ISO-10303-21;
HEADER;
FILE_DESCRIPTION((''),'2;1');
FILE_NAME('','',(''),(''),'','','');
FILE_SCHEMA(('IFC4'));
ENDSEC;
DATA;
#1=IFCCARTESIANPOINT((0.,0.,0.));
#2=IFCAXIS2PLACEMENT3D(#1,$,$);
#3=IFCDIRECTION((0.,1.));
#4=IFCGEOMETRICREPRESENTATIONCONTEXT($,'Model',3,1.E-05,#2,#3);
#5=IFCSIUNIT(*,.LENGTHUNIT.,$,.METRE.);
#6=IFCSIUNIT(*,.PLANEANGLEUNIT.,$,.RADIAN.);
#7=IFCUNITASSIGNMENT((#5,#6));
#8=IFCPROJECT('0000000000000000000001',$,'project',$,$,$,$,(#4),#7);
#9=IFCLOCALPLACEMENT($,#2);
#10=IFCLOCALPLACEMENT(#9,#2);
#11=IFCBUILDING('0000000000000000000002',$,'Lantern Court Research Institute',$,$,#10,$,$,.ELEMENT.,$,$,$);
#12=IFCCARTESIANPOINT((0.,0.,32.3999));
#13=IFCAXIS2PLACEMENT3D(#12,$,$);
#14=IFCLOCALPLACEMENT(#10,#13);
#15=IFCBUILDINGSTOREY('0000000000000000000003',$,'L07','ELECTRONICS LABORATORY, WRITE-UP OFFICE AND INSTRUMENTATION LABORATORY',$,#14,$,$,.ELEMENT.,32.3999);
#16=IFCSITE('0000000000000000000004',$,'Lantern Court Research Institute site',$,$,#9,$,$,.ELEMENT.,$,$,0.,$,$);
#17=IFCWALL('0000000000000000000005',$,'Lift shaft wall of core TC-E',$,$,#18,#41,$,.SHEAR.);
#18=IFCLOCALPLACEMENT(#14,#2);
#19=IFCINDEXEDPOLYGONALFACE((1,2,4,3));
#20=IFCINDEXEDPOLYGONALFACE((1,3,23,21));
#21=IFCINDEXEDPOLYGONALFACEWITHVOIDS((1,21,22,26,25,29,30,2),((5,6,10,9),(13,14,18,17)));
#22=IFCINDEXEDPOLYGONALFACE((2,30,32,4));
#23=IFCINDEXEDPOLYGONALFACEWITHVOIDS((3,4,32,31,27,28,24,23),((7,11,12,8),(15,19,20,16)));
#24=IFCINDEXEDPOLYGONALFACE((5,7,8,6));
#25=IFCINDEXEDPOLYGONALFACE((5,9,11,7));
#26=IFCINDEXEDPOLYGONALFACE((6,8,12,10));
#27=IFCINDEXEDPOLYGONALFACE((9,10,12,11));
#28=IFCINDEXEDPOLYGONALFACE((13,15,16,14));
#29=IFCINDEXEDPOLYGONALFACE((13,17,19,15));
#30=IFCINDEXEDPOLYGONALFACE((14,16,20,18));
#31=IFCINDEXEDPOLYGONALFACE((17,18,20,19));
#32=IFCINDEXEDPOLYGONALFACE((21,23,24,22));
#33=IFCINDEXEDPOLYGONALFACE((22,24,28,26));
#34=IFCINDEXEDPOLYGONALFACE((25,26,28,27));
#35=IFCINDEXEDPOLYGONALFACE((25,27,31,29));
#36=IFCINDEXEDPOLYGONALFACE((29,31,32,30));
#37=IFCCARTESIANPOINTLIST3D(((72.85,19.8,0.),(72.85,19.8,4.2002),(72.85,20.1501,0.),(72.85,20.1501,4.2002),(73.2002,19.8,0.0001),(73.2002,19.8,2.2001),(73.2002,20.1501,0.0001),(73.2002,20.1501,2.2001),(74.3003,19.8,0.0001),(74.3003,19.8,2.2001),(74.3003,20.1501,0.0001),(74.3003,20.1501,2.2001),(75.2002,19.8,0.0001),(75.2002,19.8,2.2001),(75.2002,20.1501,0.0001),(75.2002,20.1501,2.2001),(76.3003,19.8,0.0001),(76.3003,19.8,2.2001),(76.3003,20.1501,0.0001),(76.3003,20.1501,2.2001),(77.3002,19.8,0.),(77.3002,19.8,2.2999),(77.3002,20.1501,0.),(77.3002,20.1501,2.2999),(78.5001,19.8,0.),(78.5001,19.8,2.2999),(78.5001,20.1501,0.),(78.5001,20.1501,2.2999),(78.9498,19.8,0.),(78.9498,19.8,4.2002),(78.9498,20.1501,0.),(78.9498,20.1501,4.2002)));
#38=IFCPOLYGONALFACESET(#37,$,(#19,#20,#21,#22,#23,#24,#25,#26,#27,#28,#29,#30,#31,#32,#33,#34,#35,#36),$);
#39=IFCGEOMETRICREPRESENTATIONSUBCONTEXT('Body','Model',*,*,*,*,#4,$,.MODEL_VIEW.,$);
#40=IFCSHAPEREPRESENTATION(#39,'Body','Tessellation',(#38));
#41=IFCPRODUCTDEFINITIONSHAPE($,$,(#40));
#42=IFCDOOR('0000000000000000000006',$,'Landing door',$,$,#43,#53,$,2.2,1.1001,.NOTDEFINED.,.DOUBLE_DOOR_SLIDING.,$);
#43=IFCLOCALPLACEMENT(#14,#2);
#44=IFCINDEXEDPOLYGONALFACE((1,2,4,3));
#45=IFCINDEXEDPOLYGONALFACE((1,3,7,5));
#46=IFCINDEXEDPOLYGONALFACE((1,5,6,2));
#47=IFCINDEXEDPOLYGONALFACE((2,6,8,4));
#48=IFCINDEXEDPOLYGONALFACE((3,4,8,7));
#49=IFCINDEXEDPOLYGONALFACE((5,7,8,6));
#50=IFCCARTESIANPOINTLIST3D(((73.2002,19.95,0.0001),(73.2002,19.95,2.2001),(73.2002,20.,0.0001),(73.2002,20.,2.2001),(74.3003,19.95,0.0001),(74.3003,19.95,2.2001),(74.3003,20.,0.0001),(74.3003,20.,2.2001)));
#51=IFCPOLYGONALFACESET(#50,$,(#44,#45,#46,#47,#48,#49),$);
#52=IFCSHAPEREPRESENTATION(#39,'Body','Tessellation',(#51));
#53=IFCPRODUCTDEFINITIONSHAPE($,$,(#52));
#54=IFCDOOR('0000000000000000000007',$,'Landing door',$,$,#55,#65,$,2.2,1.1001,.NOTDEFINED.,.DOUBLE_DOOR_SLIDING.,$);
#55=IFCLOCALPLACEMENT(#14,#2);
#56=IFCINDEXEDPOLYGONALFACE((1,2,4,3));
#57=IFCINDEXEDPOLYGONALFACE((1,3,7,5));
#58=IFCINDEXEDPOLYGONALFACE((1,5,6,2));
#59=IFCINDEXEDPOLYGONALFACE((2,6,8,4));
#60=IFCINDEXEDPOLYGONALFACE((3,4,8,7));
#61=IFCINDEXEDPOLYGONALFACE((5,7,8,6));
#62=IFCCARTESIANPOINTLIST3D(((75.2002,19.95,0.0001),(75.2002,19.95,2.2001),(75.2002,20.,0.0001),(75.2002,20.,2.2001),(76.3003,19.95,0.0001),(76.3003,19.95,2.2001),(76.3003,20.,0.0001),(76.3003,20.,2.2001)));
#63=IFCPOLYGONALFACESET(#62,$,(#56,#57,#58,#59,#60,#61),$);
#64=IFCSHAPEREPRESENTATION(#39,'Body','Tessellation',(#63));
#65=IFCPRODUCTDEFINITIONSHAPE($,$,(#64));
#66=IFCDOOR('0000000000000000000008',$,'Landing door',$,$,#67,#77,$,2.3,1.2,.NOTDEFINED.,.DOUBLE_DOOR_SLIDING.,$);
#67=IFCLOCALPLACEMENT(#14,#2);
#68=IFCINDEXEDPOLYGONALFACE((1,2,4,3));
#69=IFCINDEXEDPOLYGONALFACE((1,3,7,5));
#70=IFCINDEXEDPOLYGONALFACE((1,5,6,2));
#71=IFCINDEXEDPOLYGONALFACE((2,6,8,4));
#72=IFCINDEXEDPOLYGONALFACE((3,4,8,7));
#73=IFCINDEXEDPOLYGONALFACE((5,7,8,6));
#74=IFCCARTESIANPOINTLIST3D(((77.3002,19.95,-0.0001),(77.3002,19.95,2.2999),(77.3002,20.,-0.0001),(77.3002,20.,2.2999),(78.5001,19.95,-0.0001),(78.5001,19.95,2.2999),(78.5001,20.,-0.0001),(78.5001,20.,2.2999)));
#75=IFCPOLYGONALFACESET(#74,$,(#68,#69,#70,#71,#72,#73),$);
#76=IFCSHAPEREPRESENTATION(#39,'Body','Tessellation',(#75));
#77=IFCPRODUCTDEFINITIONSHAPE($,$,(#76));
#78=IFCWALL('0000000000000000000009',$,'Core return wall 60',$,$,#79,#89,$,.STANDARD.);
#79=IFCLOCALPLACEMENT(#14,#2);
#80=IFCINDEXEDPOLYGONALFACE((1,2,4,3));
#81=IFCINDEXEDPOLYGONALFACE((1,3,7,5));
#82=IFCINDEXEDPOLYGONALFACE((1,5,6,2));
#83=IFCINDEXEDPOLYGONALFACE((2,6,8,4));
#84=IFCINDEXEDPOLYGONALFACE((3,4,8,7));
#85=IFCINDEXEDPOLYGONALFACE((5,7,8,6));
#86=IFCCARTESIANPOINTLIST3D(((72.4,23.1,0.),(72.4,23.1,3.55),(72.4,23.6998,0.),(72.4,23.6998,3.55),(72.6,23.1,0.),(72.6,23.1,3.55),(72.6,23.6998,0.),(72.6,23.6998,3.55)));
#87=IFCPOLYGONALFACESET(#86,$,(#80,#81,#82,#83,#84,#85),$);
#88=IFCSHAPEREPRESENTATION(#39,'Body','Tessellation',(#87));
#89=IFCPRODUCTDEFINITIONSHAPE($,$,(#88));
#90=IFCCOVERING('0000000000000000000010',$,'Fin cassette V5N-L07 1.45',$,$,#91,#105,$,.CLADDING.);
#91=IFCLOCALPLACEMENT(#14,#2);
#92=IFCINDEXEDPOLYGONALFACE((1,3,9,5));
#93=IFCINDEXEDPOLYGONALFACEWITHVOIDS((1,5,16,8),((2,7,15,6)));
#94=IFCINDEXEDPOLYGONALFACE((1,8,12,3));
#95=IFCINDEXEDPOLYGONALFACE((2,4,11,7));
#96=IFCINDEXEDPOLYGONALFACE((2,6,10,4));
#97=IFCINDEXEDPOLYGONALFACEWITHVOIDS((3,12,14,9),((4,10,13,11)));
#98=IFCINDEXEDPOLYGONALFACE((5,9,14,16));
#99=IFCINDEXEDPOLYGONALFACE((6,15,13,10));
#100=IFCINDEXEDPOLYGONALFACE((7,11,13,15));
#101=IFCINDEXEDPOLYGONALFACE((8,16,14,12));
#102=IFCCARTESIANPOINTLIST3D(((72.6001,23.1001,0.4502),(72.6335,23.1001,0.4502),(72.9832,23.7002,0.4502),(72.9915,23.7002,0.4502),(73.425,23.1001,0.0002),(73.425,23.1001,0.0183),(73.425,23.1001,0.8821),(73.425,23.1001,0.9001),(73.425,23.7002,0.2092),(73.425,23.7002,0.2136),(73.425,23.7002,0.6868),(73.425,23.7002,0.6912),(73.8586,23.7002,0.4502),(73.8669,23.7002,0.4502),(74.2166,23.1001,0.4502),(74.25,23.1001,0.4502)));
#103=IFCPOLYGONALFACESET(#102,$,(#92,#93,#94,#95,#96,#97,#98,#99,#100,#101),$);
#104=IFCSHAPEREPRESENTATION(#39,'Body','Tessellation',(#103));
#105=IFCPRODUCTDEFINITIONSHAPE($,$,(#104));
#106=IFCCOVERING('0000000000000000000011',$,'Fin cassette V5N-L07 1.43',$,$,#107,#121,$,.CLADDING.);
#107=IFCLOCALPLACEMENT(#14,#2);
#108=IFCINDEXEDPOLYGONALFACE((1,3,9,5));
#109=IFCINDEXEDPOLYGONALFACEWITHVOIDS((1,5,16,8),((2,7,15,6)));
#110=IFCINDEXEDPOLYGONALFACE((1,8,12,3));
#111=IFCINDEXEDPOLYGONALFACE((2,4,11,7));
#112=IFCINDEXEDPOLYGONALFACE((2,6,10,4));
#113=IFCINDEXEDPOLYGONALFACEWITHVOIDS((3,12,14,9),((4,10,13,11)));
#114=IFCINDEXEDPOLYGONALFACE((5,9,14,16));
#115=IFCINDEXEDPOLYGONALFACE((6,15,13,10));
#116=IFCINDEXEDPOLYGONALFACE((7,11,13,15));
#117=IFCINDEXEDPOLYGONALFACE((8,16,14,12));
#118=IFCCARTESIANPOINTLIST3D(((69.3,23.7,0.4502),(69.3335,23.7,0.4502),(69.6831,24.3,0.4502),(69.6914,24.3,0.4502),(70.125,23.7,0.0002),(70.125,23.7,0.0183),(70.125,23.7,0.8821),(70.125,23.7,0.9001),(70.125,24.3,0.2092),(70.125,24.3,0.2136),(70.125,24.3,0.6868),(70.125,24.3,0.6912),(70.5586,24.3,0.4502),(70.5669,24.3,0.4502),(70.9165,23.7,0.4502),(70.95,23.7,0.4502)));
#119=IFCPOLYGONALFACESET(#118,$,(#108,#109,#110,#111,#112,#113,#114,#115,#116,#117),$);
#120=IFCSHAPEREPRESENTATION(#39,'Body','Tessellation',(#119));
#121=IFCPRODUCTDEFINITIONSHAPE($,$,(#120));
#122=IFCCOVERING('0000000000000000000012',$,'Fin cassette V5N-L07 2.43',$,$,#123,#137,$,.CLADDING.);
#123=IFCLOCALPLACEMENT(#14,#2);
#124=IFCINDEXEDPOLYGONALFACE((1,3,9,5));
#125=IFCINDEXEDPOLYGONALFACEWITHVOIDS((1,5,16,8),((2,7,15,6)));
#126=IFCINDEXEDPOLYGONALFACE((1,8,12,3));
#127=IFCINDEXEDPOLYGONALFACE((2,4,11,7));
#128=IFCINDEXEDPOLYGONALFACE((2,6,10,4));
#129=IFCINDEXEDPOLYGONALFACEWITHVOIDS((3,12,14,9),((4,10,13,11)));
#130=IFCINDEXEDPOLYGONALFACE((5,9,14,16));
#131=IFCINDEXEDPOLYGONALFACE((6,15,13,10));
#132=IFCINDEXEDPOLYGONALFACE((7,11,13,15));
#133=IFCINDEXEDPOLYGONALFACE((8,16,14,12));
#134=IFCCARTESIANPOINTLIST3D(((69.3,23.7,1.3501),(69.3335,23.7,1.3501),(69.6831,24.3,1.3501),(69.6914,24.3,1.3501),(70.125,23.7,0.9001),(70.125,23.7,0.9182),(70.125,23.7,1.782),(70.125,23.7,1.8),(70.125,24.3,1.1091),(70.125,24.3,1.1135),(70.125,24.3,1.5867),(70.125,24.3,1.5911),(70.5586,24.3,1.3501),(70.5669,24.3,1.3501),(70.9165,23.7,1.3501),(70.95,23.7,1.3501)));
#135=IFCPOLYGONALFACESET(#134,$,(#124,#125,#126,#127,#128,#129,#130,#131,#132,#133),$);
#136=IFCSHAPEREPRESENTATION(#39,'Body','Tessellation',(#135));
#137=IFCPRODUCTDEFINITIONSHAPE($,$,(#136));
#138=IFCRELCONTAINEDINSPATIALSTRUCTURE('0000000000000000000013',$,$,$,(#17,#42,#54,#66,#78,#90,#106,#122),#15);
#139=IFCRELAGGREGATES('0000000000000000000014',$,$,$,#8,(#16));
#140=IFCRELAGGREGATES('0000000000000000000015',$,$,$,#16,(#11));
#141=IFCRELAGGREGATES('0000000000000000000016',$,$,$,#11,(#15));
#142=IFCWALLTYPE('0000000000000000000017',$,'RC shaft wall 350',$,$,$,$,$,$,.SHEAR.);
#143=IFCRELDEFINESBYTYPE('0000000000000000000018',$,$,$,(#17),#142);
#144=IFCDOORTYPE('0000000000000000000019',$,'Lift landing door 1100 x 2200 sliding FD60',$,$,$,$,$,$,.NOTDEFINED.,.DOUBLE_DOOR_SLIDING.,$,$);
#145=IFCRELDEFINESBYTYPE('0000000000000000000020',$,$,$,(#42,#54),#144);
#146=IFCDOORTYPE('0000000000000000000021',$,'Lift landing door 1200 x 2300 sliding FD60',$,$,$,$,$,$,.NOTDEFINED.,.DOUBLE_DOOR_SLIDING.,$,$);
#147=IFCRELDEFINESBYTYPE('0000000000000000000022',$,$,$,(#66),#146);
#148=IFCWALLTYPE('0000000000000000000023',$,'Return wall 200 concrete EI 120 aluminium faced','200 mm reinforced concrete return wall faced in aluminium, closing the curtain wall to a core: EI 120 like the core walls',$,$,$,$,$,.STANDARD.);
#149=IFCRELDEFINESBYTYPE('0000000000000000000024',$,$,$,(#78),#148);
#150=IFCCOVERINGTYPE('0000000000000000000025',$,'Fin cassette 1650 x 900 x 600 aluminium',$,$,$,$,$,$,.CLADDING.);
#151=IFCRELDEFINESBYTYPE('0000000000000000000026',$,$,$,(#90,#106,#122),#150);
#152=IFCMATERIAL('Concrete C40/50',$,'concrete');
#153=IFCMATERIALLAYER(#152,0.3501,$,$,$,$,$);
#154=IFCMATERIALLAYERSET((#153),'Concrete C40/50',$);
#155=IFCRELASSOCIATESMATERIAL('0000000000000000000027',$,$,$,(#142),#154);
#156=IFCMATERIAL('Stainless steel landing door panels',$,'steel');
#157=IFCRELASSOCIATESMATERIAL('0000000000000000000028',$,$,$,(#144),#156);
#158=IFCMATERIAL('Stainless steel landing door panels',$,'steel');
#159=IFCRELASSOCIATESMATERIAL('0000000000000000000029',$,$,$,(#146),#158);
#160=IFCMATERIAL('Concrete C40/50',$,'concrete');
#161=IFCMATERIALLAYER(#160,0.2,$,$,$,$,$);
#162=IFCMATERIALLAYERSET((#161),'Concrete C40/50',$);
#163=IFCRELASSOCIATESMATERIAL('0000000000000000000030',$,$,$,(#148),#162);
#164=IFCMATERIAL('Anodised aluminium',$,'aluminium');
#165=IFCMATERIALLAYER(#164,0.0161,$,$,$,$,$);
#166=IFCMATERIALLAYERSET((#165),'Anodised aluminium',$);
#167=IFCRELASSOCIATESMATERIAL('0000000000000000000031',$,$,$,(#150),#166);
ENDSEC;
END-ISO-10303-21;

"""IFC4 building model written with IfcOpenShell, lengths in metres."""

from ifc_helpers import new_model, entity, si_unit, direction, frame, frame_2d, origin, place, context, subcontext, project, spatial, rectangle, extrude, material, layer, layer_set, type_object, element, fill, save


model = new_model("IFC4")

# Units and contexts
model_context = context("Model", 3, precision=1e-05, world=origin(), true_north=direction((0.0, 1.0)))
body_context = subcontext(model_context, "Body", "Model", "MODEL_VIEW")
ifc_project = project(units=[si_unit("LENGTHUNIT", "METRE"), si_unit("PLANEANGLEUNIT", "RADIAN")], contexts=[model_context])

# Site, building, storey
site_placement = place(None, origin())
site = spatial("IfcSite", under=ifc_project, at=site_placement, Name="Lantern Court Research Institute site", CompositionType="ELEMENT", RefElevation=0.0)
building_placement = place(site_placement, origin())
building = spatial("IfcBuilding", under=site, at=building_placement, Name="Lantern Court Research Institute", CompositionType="ELEMENT")
storey_placement = place(building_placement, frame((0.0, 0.0, 32.3999)))
storey = spatial("IfcBuildingStorey", under=building, at=storey_placement, Name="L07", Description="ELECTRONICS LABORATORY, WRITE-UP OFFICE AND INSTRUMENTATION LABORATORY", CompositionType="ELEMENT", Elevation=32.3999)

# Wall, openings, doors
ifc_material_1 = material(Name="Concrete C40/50", Category="concrete")
ifc_layer_1 = layer(ifc_material_1, 0.3501)
ifc_layer_set_1 = layer_set([ifc_layer_1], Name="Concrete C40/50")
wall_type_1 = type_object("IfcWallType", Name="RC shaft wall 350", PredefinedType="SHEAR", material=ifc_layer_set_1)
wall_1_placement = place(storey_placement, frame((72.8501, 19.9751, 0.0), z_axis=(0.0, 0.0, 1.0), x_axis=(1.0, 0.0, 0.0)))
wall_1 = element("IfcWall", 1, at=wall_1_placement, inside=storey, type_object=wall_type_1, Name="Lift shaft wall of core TC-E", PredefinedType="SHEAR", context=body_context, shape_type="SweptSolid", body=[
    extrude(rectangle(XDim=6.0999, YDim=0.3501, at=frame_2d((3.0498, 0.0))), origin(), (0.0, 0.0, 1.0), 4.2002),
])
opening_1_placement = place(wall_1_placement, frame((0.3501, 0.0, 0.0)))
opening_1 = element("IfcOpeningElement", 2, at=opening_1_placement, cuts=wall_1, PredefinedType="OPENING", context=body_context, shape_type="SweptSolid", body=[
    extrude(rectangle(XDim=1.1001, YDim=2.2, at=frame_2d((0.55, 1.1001))), frame((0.0, 0.1851, 0.0), z_axis=(0.0, -1.0, 0.0), x_axis=(1.0, 0.0, 0.0)), (0.0, 0.0, 1.0), 0.3701),
])
opening_2_placement = place(wall_1_placement, frame((2.3501, 0.0, 0.0)))
opening_2 = element("IfcOpeningElement", 3, at=opening_2_placement, cuts=wall_1, PredefinedType="OPENING", context=body_context, shape_type="SweptSolid", body=[
    extrude(rectangle(XDim=1.1001, YDim=2.2, at=frame_2d((0.55, 1.1001))), frame((0.0, 0.1851, 0.0), z_axis=(0.0, -1.0, 0.0), x_axis=(1.0, 0.0, 0.0)), (0.0, 0.0, 1.0), 0.3701),
])
opening_3_placement = place(wall_1_placement, frame((4.45, 0.0, 0.0)))
opening_3 = element("IfcOpeningElement", 4, at=opening_3_placement, cuts=wall_1, PredefinedType="OPENING", context=body_context, shape_type="SweptSolid", body=[
    extrude(rectangle(XDim=1.2, YDim=2.3, at=frame_2d((0.6001, 1.1499))), frame((0.0, 0.1851, 0.0), z_axis=(0.0, -1.0, 0.0), x_axis=(1.0, 0.0, 0.0)), (0.0, 0.0, 1.0), 0.3701),
])
ifc_material_2 = material(Name="Stainless steel landing door panels", Category="steel")
door_type_1 = type_object("IfcDoorType", Name="Lift landing door 1100 x 2200 sliding FD60", OperationType="DOUBLE_DOOR_SLIDING", PredefinedType="NOTDEFINED", material=ifc_material_2)
door_1_placement = place(opening_1_placement, origin())
door_1 = element("IfcDoor", 5, at=door_1_placement, inside=storey, type_object=door_type_1, Name="Landing door", OperationType="DOUBLE_DOOR_SLIDING", OverallHeight=2.2, OverallWidth=1.1001, PredefinedType="NOTDEFINED", context=body_context, shape_type="SweptSolid", body=[
    extrude(rectangle(XDim=1.1001, YDim=2.2, at=frame_2d((0.55, 1.1001))), frame((0.0, 0.0249, 0.0), z_axis=(0.0, -1.0, 0.0), x_axis=(1.0, 0.0, 0.0)), (0.0, 0.0, 1.0), 0.05),
])
fill(opening_1, door_1)
door_2_placement = place(opening_2_placement, origin())
door_2 = element("IfcDoor", 6, at=door_2_placement, inside=storey, type_object=door_type_1, Name="Landing door", OperationType="DOUBLE_DOOR_SLIDING", OverallHeight=2.2, OverallWidth=1.1001, PredefinedType="NOTDEFINED", context=body_context, shape_type="SweptSolid", body=[
    extrude(rectangle(XDim=1.1001, YDim=2.2, at=frame_2d((0.55, 1.1001))), frame((0.0, 0.0249, 0.0), z_axis=(0.0, -1.0, 0.0), x_axis=(1.0, 0.0, 0.0)), (0.0, 0.0, 1.0), 0.05),
])
fill(opening_2, door_2)
ifc_material_3 = material(Name="Stainless steel landing door panels", Category="steel")
door_type_2 = type_object("IfcDoorType", Name="Lift landing door 1200 x 2300 sliding FD60", OperationType="DOUBLE_DOOR_SLIDING", PredefinedType="NOTDEFINED", material=ifc_material_3)
door_3_placement = place(opening_3_placement, origin())
door_3 = element("IfcDoor", 7, at=door_3_placement, inside=storey, type_object=door_type_2, Name="Landing door", OperationType="DOUBLE_DOOR_SLIDING", OverallHeight=2.3, OverallWidth=1.2, PredefinedType="NOTDEFINED", context=body_context, shape_type="SweptSolid", body=[
    extrude(rectangle(XDim=1.2, YDim=2.3, at=frame_2d((0.6001, 1.1499))), frame((0.0, 0.0249, 0.0), z_axis=(0.0, -1.0, 0.0), x_axis=(1.0, 0.0, 0.0)), (0.0, 0.0, 1.0), 0.05),
])
fill(opening_3, door_3)

# Wall
ifc_material_4 = material(Name="Concrete C40/50", Category="concrete")
ifc_layer_2 = layer(ifc_material_4, 0.2)
ifc_layer_set_2 = layer_set([ifc_layer_2], Name="Concrete C40/50")
wall_type_2 = type_object("IfcWallType", Name="Return wall 200 concrete EI 120 aluminium faced", Description="200 mm reinforced concrete return wall faced in aluminium, closing the curtain wall to a core: EI 120 like the core walls", PredefinedType="STANDARD", material=ifc_layer_set_2)
wall_2_placement = place(storey_placement, frame((72.5, 23.1001, 0.0), z_axis=(0.0, 0.0, 1.0), x_axis=(0.0, 1.0, 0.0)))
element("IfcWall", 8, at=wall_2_placement, inside=storey, type_object=wall_type_2, Name="Core return wall 60", PredefinedType="STANDARD", context=body_context, shape_type="SweptSolid", body=[
    extrude(rectangle(XDim=0.5999, YDim=0.2, at=frame_2d((0.2998, 0.0))), origin(), (0.0, 0.0, 1.0), 3.55),
])

# Coverings
ifc_material_5 = material(Name="Anodised aluminium", Category="aluminium")
ifc_layer_3 = layer(ifc_material_5, 0.0161)
ifc_layer_set_3 = layer_set([ifc_layer_3], Name="Anodised aluminium")
covering_type = type_object("IfcCoveringType", Name="Fin cassette 1650 x 900 x 600 aluminium", PredefinedType="CLADDING", material=ifc_layer_set_3)
covering_1_placement = place(storey_placement, frame((73.425, 23.1001, 0.4502), z_axis=(0.0, 1.0, 0.0), x_axis=(-1.0, 0.0, 0.0)))
cartesian_point_1 = entity("IfcCartesianPoint", [0.825, 0.0])
cartesian_point_2 = entity("IfcCartesianPoint", [0.7915, 0.0])
cartesian_point_3 = entity("IfcCartesianPoint", [0.4419, 0.0])
cartesian_point_4 = entity("IfcCartesianPoint", [0.4336, 0.0])
element("IfcCovering", 9, at=covering_1_placement, inside=storey, type_object=covering_type, Name="Fin cassette V5N-L07 1.45", PredefinedType="CLADDING", context=body_context, shape_type="SweptSolid", body=[
    entity("IfcExtrudedAreaSolidTapered", entity("IfcArbitraryProfileDefWithVoids", "AREA", None, entity("IfcPolyline", [cartesian_point_1, entity("IfcCartesianPoint", [0.0, 0.45]), entity("IfcCartesianPoint", [-0.825, 0.0]), entity("IfcCartesianPoint", [0.0, -0.45]), cartesian_point_1]), [entity("IfcPolyline", [cartesian_point_2, entity("IfcCartesianPoint", [0.0, 0.4319]), entity("IfcCartesianPoint", [-0.7915, 0.0]), entity("IfcCartesianPoint", [0.0, -0.4319]), cartesian_point_2])]), entity("IfcAxis2Placement3D", entity("IfcCartesianPoint", [0.0, 0.0, 0.0])), entity("IfcDirection", [0.0, 0.0, 1.0]), 0.6001, entity("IfcArbitraryProfileDefWithVoids", "AREA", None, entity("IfcPolyline", [cartesian_point_3, entity("IfcCartesianPoint", [0.0, 0.241]), entity("IfcCartesianPoint", [-0.4419, 0.0]), entity("IfcCartesianPoint", [0.0, -0.241]), cartesian_point_3]), [entity("IfcPolyline", [cartesian_point_4, entity("IfcCartesianPoint", [0.0, 0.2366]), entity("IfcCartesianPoint", [-0.4336, 0.0]), entity("IfcCartesianPoint", [0.0, -0.2366]), cartesian_point_4])])),
])
covering_2_placement = place(storey_placement, frame((70.125, 23.7, 0.4502), z_axis=(0.0, 1.0, 0.0), x_axis=(-1.0, 0.0, 0.0)))
cartesian_point_5 = entity("IfcCartesianPoint", [0.825, 0.0])
cartesian_point_6 = entity("IfcCartesianPoint", [0.7915, 0.0])
cartesian_point_7 = entity("IfcCartesianPoint", [0.4419, 0.0])
cartesian_point_8 = entity("IfcCartesianPoint", [0.4336, 0.0])
element("IfcCovering", 10, at=covering_2_placement, inside=storey, type_object=covering_type, Name="Fin cassette V5N-L07 1.43", PredefinedType="CLADDING", context=body_context, shape_type="SweptSolid", body=[
    entity("IfcExtrudedAreaSolidTapered", entity("IfcArbitraryProfileDefWithVoids", "AREA", None, entity("IfcPolyline", [cartesian_point_5, entity("IfcCartesianPoint", [0.0, 0.45]), entity("IfcCartesianPoint", [-0.825, 0.0]), entity("IfcCartesianPoint", [0.0, -0.45]), cartesian_point_5]), [entity("IfcPolyline", [cartesian_point_6, entity("IfcCartesianPoint", [0.0, 0.4319]), entity("IfcCartesianPoint", [-0.7915, 0.0]), entity("IfcCartesianPoint", [0.0, -0.4319]), cartesian_point_6])]), entity("IfcAxis2Placement3D", entity("IfcCartesianPoint", [0.0, 0.0, 0.0])), entity("IfcDirection", [0.0, 0.0, 1.0]), 0.6001, entity("IfcArbitraryProfileDefWithVoids", "AREA", None, entity("IfcPolyline", [cartesian_point_7, entity("IfcCartesianPoint", [0.0, 0.241]), entity("IfcCartesianPoint", [-0.4419, 0.0]), entity("IfcCartesianPoint", [0.0, -0.241]), cartesian_point_7]), [entity("IfcPolyline", [cartesian_point_8, entity("IfcCartesianPoint", [0.0, 0.2366]), entity("IfcCartesianPoint", [-0.4336, 0.0]), entity("IfcCartesianPoint", [0.0, -0.2366]), cartesian_point_8])])),
])
covering_3_placement = place(storey_placement, frame((70.125, 23.7, 1.3501), z_axis=(0.0, 1.0, 0.0), x_axis=(-1.0, 0.0, 0.0)))
cartesian_point_9 = entity("IfcCartesianPoint", [0.825, 0.0])
cartesian_point_10 = entity("IfcCartesianPoint", [0.7915, 0.0])
cartesian_point_11 = entity("IfcCartesianPoint", [0.4419, 0.0])
cartesian_point_12 = entity("IfcCartesianPoint", [0.4336, 0.0])
element("IfcCovering", 11, at=covering_3_placement, inside=storey, type_object=covering_type, Name="Fin cassette V5N-L07 2.43", PredefinedType="CLADDING", context=body_context, shape_type="SweptSolid", body=[
    entity("IfcExtrudedAreaSolidTapered", entity("IfcArbitraryProfileDefWithVoids", "AREA", None, entity("IfcPolyline", [cartesian_point_9, entity("IfcCartesianPoint", [0.0, 0.45]), entity("IfcCartesianPoint", [-0.825, 0.0]), entity("IfcCartesianPoint", [0.0, -0.45]), cartesian_point_9]), [entity("IfcPolyline", [cartesian_point_10, entity("IfcCartesianPoint", [0.0, 0.4319]), entity("IfcCartesianPoint", [-0.7915, 0.0]), entity("IfcCartesianPoint", [0.0, -0.4319]), cartesian_point_10])]), entity("IfcAxis2Placement3D", entity("IfcCartesianPoint", [0.0, 0.0, 0.0])), entity("IfcDirection", [0.0, 0.0, 1.0]), 0.6001, entity("IfcArbitraryProfileDefWithVoids", "AREA", None, entity("IfcPolyline", [cartesian_point_11, entity("IfcCartesianPoint", [0.0, 0.241]), entity("IfcCartesianPoint", [-0.4419, 0.0]), entity("IfcCartesianPoint", [0.0, -0.241]), cartesian_point_11]), [entity("IfcPolyline", [cartesian_point_12, entity("IfcCartesianPoint", [0.0, 0.2366]), entity("IfcCartesianPoint", [-0.4336, 0.0]), entity("IfcCartesianPoint", [0.0, -0.2366]), cartesian_point_12])])),
])

save(model, "model.ifc")
